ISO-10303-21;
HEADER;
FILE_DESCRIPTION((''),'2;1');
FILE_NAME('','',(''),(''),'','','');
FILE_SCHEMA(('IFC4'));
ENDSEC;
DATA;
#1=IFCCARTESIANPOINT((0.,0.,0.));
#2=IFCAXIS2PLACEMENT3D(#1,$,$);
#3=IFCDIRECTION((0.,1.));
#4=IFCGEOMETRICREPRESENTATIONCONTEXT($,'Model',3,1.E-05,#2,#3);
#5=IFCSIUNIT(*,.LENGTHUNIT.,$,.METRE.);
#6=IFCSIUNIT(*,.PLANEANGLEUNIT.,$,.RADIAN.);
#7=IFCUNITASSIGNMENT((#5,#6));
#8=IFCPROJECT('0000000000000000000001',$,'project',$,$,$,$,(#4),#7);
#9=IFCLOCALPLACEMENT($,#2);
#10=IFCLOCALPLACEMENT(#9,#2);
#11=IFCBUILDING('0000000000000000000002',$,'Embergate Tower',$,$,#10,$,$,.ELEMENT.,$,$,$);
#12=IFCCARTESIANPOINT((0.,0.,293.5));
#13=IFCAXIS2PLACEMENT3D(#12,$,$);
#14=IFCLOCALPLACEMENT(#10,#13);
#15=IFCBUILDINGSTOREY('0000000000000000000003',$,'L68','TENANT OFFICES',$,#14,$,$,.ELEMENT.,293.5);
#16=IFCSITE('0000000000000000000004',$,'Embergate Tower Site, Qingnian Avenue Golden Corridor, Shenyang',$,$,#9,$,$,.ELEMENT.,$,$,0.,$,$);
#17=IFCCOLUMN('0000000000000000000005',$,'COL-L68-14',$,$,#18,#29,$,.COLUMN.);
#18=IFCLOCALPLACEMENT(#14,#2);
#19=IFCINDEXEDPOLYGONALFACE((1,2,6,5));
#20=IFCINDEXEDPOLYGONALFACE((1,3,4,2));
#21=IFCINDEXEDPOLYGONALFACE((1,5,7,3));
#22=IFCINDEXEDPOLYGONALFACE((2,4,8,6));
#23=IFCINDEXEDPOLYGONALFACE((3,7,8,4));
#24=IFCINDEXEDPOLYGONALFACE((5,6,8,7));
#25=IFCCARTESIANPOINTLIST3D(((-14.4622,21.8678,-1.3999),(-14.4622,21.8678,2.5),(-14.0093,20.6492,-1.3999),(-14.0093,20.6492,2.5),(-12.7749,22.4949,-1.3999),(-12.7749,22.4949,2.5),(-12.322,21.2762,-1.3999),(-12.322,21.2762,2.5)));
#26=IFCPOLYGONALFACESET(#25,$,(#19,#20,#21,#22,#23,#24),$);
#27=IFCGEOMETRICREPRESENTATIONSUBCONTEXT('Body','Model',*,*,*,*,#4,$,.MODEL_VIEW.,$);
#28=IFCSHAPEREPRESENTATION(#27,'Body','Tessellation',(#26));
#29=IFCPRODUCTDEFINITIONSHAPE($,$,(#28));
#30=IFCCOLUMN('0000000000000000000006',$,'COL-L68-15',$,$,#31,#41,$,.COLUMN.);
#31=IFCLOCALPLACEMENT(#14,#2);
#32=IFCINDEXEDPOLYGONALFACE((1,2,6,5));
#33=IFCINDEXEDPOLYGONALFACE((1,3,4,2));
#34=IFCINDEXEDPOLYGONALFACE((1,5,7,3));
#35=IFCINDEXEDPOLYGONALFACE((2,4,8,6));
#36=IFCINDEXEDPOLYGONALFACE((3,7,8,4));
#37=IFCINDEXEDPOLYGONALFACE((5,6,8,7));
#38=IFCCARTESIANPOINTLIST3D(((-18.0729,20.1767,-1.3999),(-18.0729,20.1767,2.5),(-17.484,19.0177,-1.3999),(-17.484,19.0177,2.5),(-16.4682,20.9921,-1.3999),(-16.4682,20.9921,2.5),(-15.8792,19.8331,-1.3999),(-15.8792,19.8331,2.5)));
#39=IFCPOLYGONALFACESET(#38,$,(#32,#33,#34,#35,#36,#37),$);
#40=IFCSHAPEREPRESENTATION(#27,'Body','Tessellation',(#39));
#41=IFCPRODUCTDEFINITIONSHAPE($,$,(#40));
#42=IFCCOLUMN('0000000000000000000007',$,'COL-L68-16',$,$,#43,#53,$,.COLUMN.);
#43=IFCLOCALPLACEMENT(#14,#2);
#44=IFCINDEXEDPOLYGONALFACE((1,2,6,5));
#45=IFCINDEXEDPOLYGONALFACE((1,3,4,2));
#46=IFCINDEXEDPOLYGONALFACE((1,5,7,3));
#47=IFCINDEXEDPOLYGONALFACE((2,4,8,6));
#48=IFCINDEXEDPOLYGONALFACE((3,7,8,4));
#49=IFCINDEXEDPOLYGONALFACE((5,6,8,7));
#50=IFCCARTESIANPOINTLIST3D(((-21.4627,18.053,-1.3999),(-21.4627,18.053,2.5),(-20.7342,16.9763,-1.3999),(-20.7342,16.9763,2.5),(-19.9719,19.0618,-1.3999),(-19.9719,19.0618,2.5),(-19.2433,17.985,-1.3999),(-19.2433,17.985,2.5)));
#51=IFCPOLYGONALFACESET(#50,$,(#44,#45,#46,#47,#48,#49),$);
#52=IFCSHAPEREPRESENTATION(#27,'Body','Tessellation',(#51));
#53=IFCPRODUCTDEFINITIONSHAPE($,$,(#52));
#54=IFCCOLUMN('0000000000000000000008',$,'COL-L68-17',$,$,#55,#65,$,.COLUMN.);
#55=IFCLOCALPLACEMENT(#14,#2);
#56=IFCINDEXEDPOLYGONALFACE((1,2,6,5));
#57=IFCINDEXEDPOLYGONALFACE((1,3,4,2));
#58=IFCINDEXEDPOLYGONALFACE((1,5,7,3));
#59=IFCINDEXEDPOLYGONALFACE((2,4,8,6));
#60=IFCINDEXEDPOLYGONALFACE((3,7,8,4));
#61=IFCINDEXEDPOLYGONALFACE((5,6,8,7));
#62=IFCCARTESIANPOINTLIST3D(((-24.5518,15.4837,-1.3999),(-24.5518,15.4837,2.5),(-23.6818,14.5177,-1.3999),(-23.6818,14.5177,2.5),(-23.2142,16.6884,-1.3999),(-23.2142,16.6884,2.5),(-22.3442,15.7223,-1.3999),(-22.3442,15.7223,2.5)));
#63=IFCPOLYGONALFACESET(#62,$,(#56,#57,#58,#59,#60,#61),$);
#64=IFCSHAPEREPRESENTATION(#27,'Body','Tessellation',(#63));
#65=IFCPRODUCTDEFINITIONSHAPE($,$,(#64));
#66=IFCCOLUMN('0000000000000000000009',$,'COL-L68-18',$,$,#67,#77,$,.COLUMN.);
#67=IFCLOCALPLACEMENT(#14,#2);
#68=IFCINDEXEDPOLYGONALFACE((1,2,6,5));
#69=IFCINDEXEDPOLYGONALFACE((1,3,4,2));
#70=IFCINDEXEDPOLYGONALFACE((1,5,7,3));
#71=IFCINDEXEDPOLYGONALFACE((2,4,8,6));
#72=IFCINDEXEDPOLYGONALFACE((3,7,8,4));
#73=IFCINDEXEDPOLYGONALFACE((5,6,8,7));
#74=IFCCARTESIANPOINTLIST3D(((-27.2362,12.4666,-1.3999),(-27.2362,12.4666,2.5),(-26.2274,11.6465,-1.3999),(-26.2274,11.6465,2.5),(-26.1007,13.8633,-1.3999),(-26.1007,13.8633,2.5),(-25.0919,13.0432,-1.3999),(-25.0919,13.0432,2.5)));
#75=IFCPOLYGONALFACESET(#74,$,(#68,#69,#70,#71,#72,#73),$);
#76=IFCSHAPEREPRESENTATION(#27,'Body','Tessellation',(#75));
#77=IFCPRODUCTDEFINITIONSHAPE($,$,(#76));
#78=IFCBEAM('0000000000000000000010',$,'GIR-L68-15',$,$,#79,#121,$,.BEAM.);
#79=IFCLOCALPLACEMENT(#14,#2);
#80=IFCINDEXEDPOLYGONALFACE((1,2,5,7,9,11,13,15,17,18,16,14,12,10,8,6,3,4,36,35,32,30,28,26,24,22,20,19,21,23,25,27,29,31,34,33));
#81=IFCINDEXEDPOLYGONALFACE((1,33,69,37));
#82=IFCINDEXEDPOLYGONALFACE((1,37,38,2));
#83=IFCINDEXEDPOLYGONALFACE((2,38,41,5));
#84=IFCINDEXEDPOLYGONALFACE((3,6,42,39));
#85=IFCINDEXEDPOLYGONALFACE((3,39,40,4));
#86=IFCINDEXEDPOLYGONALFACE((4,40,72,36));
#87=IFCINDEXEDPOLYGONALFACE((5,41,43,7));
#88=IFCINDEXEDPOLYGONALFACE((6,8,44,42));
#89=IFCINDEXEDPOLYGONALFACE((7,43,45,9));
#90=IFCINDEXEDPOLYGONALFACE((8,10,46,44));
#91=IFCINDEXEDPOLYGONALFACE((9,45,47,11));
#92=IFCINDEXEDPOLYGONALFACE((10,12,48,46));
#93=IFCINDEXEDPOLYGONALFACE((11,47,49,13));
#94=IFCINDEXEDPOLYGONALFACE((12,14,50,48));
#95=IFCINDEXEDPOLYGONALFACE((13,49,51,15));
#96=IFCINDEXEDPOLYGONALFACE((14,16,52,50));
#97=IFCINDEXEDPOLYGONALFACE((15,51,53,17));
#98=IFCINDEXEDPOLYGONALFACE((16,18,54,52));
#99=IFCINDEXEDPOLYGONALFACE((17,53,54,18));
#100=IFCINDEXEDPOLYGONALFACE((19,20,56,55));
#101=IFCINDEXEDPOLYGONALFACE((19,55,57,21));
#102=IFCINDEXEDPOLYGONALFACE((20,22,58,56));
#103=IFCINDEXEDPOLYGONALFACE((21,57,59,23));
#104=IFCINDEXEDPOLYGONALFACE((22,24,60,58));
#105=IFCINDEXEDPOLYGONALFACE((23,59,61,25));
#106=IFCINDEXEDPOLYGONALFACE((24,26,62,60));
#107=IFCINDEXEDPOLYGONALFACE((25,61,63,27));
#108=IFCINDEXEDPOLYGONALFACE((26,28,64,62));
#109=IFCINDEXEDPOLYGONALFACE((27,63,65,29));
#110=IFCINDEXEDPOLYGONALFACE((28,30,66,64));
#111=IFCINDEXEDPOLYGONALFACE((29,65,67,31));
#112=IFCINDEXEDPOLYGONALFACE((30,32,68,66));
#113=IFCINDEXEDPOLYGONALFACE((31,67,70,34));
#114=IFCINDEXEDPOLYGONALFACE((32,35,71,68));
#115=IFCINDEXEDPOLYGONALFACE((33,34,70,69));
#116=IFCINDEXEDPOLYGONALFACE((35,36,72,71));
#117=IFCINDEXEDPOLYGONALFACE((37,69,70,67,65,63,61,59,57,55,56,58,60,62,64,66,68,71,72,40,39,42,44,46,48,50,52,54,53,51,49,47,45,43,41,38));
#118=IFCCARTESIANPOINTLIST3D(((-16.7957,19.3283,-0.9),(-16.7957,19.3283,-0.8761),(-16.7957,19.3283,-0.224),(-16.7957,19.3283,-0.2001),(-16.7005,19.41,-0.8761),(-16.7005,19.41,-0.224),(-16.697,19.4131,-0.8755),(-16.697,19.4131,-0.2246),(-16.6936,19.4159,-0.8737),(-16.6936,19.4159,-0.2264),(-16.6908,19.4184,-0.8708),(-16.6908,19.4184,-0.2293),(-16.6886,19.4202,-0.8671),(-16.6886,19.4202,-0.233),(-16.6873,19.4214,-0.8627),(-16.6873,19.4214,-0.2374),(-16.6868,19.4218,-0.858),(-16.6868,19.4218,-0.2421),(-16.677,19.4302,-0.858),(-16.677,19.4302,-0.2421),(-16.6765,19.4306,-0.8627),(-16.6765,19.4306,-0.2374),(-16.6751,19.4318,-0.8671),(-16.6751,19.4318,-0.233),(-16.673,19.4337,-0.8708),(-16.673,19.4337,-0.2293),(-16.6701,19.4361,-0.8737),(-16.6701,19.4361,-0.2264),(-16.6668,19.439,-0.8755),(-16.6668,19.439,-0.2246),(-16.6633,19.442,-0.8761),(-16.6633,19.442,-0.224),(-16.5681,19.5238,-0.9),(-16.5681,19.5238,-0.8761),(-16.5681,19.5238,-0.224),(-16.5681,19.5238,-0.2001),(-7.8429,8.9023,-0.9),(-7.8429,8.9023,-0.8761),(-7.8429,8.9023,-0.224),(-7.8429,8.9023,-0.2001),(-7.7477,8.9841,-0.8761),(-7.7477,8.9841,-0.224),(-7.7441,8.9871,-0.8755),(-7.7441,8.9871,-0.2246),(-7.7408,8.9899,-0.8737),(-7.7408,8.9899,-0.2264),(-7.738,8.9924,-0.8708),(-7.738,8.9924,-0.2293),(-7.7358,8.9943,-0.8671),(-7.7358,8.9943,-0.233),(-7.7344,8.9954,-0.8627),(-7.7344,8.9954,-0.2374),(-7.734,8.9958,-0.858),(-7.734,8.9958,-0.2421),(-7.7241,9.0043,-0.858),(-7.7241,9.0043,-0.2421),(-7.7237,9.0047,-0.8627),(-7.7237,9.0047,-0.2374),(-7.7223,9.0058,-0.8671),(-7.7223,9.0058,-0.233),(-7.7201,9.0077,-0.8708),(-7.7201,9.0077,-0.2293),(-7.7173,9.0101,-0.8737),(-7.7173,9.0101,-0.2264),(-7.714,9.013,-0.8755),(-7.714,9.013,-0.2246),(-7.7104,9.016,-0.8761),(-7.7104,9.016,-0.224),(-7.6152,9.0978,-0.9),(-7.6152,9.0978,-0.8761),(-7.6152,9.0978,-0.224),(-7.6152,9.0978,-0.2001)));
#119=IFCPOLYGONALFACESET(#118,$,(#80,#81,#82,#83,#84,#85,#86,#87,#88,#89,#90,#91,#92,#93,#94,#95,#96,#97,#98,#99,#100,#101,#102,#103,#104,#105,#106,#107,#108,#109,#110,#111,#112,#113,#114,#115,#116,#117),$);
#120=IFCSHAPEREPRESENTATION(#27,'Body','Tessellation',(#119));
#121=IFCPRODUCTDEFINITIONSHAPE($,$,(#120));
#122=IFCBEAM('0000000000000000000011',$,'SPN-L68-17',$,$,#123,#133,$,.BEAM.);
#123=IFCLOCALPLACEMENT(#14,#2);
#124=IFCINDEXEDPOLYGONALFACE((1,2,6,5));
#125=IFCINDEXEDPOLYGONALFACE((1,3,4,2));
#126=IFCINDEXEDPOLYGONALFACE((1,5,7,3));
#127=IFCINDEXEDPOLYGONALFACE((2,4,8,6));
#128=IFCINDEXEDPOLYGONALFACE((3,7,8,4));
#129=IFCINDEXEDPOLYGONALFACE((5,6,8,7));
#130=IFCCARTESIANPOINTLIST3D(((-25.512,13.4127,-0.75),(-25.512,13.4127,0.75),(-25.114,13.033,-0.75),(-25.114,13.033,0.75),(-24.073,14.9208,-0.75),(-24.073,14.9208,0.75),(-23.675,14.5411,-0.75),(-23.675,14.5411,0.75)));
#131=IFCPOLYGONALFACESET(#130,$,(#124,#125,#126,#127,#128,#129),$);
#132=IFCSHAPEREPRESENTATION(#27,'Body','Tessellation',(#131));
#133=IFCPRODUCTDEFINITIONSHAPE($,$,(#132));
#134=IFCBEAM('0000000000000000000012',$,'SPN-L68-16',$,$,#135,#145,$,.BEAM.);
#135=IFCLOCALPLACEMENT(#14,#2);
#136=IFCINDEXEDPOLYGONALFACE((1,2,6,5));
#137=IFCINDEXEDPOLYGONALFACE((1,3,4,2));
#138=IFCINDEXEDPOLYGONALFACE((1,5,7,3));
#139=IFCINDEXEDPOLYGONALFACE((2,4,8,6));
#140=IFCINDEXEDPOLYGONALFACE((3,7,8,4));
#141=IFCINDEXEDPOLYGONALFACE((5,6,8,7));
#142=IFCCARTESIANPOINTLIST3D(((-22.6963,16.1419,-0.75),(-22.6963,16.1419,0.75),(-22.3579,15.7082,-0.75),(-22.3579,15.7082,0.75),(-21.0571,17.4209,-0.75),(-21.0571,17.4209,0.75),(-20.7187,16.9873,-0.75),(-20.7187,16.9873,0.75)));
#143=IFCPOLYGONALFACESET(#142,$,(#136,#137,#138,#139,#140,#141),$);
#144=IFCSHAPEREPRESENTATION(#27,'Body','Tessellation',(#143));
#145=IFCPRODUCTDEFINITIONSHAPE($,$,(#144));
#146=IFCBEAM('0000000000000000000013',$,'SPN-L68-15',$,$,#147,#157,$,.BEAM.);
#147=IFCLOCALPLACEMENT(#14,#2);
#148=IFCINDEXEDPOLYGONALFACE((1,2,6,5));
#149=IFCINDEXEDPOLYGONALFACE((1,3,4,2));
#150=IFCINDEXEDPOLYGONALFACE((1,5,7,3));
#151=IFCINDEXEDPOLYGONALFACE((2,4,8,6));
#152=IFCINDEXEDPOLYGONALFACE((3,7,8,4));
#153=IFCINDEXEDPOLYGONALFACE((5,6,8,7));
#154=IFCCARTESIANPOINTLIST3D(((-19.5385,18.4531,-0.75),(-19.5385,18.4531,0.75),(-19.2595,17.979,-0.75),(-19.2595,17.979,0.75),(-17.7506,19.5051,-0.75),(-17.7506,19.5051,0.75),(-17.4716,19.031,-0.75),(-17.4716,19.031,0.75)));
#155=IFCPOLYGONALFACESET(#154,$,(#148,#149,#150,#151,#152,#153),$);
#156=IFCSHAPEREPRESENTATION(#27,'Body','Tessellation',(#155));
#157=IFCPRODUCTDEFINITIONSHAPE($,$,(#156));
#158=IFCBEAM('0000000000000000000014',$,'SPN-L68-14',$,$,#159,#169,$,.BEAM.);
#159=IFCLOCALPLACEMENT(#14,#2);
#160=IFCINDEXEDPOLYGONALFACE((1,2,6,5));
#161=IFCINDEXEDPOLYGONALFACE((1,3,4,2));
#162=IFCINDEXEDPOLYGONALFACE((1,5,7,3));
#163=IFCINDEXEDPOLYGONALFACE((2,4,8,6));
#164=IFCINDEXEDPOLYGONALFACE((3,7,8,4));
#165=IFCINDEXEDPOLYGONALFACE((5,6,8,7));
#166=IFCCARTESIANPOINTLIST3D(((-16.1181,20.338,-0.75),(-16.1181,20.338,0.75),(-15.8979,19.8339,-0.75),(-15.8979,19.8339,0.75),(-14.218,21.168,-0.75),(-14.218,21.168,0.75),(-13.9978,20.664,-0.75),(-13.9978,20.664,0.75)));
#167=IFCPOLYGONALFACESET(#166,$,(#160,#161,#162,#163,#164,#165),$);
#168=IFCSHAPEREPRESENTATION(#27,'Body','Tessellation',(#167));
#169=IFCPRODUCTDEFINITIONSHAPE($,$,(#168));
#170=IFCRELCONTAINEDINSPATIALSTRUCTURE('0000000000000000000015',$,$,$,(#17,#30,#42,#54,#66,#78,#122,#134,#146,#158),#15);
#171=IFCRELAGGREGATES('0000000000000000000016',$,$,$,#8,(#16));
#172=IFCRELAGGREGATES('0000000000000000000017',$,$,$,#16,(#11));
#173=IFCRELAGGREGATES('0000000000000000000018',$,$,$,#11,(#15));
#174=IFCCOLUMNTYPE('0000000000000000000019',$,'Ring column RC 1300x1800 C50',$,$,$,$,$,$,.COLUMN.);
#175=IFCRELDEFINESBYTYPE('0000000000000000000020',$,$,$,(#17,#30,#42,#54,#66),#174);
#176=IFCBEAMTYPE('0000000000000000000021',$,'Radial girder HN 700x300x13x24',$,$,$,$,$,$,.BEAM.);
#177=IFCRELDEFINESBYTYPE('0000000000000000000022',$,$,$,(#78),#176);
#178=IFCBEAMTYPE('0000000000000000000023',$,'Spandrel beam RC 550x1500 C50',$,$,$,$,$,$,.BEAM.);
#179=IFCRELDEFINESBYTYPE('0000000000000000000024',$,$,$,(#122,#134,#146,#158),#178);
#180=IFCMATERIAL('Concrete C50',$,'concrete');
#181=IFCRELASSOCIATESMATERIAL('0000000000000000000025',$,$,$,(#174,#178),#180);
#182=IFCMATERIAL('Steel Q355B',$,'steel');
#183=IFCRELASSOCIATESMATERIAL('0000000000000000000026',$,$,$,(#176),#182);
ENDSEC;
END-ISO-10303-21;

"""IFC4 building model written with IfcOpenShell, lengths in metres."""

from ifc_helpers import new_model, si_unit, direction, frame, origin, origin_2d, place, context, subcontext, project, spatial, rectangle, i_section, extrude, source, transform, mapped, material, material_profile, profile_set, type_object, element, save


model = new_model("IFC4")

# Units and contexts
model_context = context("Model", 3, precision=1e-05, world=origin(), true_north=direction((0.0, 1.0)))
body_context = subcontext(model_context, "Body", "Model", "MODEL_VIEW")
ifc_project = project(units=[si_unit("LENGTHUNIT", "METRE"), si_unit("PLANEANGLEUNIT", "RADIAN")], contexts=[model_context])

# Site, building, storey
site_placement = place(None, origin())
site = spatial("IfcSite", under=ifc_project, at=site_placement, Name="Embergate Tower Site, Qingnian Avenue Golden Corridor, Shenyang", CompositionType="ELEMENT", RefElevation=0.0)
building_placement = place(site_placement, origin())
building = spatial("IfcBuilding", under=site, at=building_placement, Name="Embergate Tower", CompositionType="ELEMENT")
storey_placement = place(building_placement, frame((0.0, 0.0, 293.5)))
storey = spatial("IfcBuildingStorey", under=building, at=storey_placement, Name="L68", Description="TENANT OFFICES", CompositionType="ELEMENT", Elevation=293.5)

# Columns
ifc_material_1 = material(Name="Concrete C50", Category="concrete")
ifc_material_profile_1 = material_profile(ifc_material_1, rectangle(XDim=1.3, YDim=1.8, at=origin_2d()), Name="RC 1300x1800")
ifc_profile_set_1 = profile_set([ifc_material_profile_1], Name="Concrete C50")
column_type = type_object("IfcColumnType", Name="Ring column RC 1300x1800 C50", PredefinedType="COLUMN", material=ifc_profile_set_1)
shared_shape_1 = source(origin(), body_context, "Body", "SweptSolid", [
    extrude(rectangle(XDim=1.3, YDim=1.8, at=origin_2d()), origin(), (0.0, 0.0, 1.0), 3.8999),
])
for number, where, z_axis, x_axis, name in (
    (1, (-13.3921, 21.572, -1.3999), (0.0, 0.0, 1.0), (-0.348343, 0.937367, 0.0), "COL-L68-14"),
    (2, (-16.9761, 20.0049, -1.3999), (0.0, 0.0, 1.0), (-0.453011, 0.891505, 0.0), "COL-L68-15"),
    (3, (-20.353, 18.019, -1.3999), (0.0, 0.0, 1.0), (-0.560393, 0.828227, 0.0), "COL-L68-16"),
    (4, (-23.448, 15.603, -1.3999), (0.0, 0.0, 1.0), (-0.669221, 0.743063, 0.0), "COL-L68-17"),
    (5, (-26.1641, 12.7549, -1.3999), (0.0, 0.0, 1.0), (-0.775925, 0.630825, 0.0), "COL-L68-18"),
):
    element("IfcColumn", number, at=place(storey_placement, frame(where, z_axis=z_axis, x_axis=x_axis)), inside=storey, type_object=column_type, Name=name, PredefinedType="COLUMN", context=body_context, shape_type="MappedRepresentation", body=[
        mapped(shared_shape_1, transform((0.0, 0.0, 0.0))),
    ])

# Beams
ifc_material_2 = material(Name="Steel Q355B", Category="steel")
ifc_material_profile_2 = material_profile(ifc_material_2, i_section(OverallWidth=0.3, OverallDepth=0.7, WebThickness=0.0129, FlangeThickness=0.0239, FilletRadius=0.0181, at=origin_2d()), Name="HN 700x300x13x24")
ifc_profile_set_2 = profile_set([ifc_material_profile_2], Name="Steel Q355 grade B")
beam_type_1 = type_object("IfcBeamType", Name="Radial girder HN 700x300x13x24", PredefinedType="BEAM", material=ifc_profile_set_2)
shared_shape_2 = source(origin(), body_context, "Body", "SweptSolid", [
    extrude(i_section(OverallWidth=0.3, OverallDepth=0.7, WebThickness=0.0129, FlangeThickness=0.0239, FilletRadius=0.0181, at=origin_2d()), origin(), (0.0, 0.0, 1.0), 13.7424),
])
beam_1_placement = place(storey_placement, frame((-16.6819, 19.426, -0.55), z_axis=(0.651474, -0.758671, 0.0), x_axis=(0.758671, 0.651474, 0.0)))
element("IfcBeam", 6, at=beam_1_placement, inside=storey, type_object=beam_type_1, Name="GIR-L68-15", PredefinedType="BEAM", context=body_context, shape_type="MappedRepresentation", body=[
    mapped(shared_shape_2, transform((0.0, 0.0, 0.0))),
])
ifc_material_profile_3 = material_profile(ifc_material_1, rectangle(XDim=0.55, YDim=1.5, at=origin_2d()), Name="RC 550x1500")
ifc_profile_set_3 = profile_set([ifc_material_profile_3], Name="Concrete C50")
beam_type_2 = type_object("IfcBeamType", Name="Spandrel beam RC 550x1500 C50", PredefinedType="BEAM", material=ifc_profile_set_3)
shared_shape_3 = source(origin(), body_context, "Body", "SweptSolid", [
    extrude(rectangle(XDim=0.55, YDim=1.5, at=origin_2d()), origin(), (0.0, 0.0, 1.0), 2.0845),
])
beam_2_placement = place(storey_placement, frame((-23.874, 14.731, 0.0), z_axis=(-0.690339, -0.723486, 0.0), x_axis=(0.723486, -0.690339, 0.0)))
element("IfcBeam", 7, at=beam_2_placement, inside=storey, type_object=beam_type_2, Name="SPN-L68-17", PredefinedType="BEAM", context=body_context, shape_type="MappedRepresentation", body=[
    mapped(shared_shape_3, transform((0.0, 0.0, 0.0))),
])
shared_shape_4 = source(origin(), body_context, "Body", "SweptSolid", [
    extrude(rectangle(XDim=0.55, YDim=1.5, at=origin_2d()), origin(), (0.0, 0.0, 1.0), 2.0791),
])
beam_3_placement = place(storey_placement, frame((-20.8879, 17.2041, 0.0), z_axis=(-0.788384, -0.615184, 0.0), x_axis=(0.615184, -0.788384, 0.0)))
element("IfcBeam", 8, at=beam_3_placement, inside=storey, type_object=beam_type_2, Name="SPN-L68-16", PredefinedType="BEAM", context=body_context, shape_type="MappedRepresentation", body=[
    mapped(shared_shape_4, transform((0.0, 0.0, 0.0))),
])
shared_shape_5 = source(origin(), body_context, "Body", "SweptSolid", [
    extrude(rectangle(XDim=0.55, YDim=1.5, at=origin_2d()), origin(), (0.0, 0.0, 1.0), 2.0745),
])
beam_4_placement = place(storey_placement, frame((-17.6111, 19.2681, 0.0), z_axis=(-0.861865, -0.507138, 0.0), x_axis=(0.507138, -0.861865, 0.0)))
element("IfcBeam", 9, at=beam_4_placement, inside=storey, type_object=beam_type_2, Name="SPN-L68-15", PredefinedType="BEAM", context=body_context, shape_type="MappedRepresentation", body=[
    mapped(shared_shape_5, transform((0.0, 0.0, 0.0))),
])
shared_shape_6 = source(origin(), body_context, "Body", "SweptSolid", [
    extrude(rectangle(XDim=0.55, YDim=1.5, at=origin_2d()), origin(), (0.0, 0.0, 1.0), 2.0735),
])
beam_5_placement = place(storey_placement, frame((-14.1079, 20.916, 0.0), z_axis=(-0.916376, -0.400318, 0.0), x_axis=(0.400318, -0.916376, 0.0)))
element("IfcBeam", 10, at=beam_5_placement, inside=storey, type_object=beam_type_2, Name="SPN-L68-14", PredefinedType="BEAM", context=body_context, shape_type="MappedRepresentation", body=[
    mapped(shared_shape_6, transform((0.0, 0.0, 0.0))),
])

save(model, "model.ifc")
